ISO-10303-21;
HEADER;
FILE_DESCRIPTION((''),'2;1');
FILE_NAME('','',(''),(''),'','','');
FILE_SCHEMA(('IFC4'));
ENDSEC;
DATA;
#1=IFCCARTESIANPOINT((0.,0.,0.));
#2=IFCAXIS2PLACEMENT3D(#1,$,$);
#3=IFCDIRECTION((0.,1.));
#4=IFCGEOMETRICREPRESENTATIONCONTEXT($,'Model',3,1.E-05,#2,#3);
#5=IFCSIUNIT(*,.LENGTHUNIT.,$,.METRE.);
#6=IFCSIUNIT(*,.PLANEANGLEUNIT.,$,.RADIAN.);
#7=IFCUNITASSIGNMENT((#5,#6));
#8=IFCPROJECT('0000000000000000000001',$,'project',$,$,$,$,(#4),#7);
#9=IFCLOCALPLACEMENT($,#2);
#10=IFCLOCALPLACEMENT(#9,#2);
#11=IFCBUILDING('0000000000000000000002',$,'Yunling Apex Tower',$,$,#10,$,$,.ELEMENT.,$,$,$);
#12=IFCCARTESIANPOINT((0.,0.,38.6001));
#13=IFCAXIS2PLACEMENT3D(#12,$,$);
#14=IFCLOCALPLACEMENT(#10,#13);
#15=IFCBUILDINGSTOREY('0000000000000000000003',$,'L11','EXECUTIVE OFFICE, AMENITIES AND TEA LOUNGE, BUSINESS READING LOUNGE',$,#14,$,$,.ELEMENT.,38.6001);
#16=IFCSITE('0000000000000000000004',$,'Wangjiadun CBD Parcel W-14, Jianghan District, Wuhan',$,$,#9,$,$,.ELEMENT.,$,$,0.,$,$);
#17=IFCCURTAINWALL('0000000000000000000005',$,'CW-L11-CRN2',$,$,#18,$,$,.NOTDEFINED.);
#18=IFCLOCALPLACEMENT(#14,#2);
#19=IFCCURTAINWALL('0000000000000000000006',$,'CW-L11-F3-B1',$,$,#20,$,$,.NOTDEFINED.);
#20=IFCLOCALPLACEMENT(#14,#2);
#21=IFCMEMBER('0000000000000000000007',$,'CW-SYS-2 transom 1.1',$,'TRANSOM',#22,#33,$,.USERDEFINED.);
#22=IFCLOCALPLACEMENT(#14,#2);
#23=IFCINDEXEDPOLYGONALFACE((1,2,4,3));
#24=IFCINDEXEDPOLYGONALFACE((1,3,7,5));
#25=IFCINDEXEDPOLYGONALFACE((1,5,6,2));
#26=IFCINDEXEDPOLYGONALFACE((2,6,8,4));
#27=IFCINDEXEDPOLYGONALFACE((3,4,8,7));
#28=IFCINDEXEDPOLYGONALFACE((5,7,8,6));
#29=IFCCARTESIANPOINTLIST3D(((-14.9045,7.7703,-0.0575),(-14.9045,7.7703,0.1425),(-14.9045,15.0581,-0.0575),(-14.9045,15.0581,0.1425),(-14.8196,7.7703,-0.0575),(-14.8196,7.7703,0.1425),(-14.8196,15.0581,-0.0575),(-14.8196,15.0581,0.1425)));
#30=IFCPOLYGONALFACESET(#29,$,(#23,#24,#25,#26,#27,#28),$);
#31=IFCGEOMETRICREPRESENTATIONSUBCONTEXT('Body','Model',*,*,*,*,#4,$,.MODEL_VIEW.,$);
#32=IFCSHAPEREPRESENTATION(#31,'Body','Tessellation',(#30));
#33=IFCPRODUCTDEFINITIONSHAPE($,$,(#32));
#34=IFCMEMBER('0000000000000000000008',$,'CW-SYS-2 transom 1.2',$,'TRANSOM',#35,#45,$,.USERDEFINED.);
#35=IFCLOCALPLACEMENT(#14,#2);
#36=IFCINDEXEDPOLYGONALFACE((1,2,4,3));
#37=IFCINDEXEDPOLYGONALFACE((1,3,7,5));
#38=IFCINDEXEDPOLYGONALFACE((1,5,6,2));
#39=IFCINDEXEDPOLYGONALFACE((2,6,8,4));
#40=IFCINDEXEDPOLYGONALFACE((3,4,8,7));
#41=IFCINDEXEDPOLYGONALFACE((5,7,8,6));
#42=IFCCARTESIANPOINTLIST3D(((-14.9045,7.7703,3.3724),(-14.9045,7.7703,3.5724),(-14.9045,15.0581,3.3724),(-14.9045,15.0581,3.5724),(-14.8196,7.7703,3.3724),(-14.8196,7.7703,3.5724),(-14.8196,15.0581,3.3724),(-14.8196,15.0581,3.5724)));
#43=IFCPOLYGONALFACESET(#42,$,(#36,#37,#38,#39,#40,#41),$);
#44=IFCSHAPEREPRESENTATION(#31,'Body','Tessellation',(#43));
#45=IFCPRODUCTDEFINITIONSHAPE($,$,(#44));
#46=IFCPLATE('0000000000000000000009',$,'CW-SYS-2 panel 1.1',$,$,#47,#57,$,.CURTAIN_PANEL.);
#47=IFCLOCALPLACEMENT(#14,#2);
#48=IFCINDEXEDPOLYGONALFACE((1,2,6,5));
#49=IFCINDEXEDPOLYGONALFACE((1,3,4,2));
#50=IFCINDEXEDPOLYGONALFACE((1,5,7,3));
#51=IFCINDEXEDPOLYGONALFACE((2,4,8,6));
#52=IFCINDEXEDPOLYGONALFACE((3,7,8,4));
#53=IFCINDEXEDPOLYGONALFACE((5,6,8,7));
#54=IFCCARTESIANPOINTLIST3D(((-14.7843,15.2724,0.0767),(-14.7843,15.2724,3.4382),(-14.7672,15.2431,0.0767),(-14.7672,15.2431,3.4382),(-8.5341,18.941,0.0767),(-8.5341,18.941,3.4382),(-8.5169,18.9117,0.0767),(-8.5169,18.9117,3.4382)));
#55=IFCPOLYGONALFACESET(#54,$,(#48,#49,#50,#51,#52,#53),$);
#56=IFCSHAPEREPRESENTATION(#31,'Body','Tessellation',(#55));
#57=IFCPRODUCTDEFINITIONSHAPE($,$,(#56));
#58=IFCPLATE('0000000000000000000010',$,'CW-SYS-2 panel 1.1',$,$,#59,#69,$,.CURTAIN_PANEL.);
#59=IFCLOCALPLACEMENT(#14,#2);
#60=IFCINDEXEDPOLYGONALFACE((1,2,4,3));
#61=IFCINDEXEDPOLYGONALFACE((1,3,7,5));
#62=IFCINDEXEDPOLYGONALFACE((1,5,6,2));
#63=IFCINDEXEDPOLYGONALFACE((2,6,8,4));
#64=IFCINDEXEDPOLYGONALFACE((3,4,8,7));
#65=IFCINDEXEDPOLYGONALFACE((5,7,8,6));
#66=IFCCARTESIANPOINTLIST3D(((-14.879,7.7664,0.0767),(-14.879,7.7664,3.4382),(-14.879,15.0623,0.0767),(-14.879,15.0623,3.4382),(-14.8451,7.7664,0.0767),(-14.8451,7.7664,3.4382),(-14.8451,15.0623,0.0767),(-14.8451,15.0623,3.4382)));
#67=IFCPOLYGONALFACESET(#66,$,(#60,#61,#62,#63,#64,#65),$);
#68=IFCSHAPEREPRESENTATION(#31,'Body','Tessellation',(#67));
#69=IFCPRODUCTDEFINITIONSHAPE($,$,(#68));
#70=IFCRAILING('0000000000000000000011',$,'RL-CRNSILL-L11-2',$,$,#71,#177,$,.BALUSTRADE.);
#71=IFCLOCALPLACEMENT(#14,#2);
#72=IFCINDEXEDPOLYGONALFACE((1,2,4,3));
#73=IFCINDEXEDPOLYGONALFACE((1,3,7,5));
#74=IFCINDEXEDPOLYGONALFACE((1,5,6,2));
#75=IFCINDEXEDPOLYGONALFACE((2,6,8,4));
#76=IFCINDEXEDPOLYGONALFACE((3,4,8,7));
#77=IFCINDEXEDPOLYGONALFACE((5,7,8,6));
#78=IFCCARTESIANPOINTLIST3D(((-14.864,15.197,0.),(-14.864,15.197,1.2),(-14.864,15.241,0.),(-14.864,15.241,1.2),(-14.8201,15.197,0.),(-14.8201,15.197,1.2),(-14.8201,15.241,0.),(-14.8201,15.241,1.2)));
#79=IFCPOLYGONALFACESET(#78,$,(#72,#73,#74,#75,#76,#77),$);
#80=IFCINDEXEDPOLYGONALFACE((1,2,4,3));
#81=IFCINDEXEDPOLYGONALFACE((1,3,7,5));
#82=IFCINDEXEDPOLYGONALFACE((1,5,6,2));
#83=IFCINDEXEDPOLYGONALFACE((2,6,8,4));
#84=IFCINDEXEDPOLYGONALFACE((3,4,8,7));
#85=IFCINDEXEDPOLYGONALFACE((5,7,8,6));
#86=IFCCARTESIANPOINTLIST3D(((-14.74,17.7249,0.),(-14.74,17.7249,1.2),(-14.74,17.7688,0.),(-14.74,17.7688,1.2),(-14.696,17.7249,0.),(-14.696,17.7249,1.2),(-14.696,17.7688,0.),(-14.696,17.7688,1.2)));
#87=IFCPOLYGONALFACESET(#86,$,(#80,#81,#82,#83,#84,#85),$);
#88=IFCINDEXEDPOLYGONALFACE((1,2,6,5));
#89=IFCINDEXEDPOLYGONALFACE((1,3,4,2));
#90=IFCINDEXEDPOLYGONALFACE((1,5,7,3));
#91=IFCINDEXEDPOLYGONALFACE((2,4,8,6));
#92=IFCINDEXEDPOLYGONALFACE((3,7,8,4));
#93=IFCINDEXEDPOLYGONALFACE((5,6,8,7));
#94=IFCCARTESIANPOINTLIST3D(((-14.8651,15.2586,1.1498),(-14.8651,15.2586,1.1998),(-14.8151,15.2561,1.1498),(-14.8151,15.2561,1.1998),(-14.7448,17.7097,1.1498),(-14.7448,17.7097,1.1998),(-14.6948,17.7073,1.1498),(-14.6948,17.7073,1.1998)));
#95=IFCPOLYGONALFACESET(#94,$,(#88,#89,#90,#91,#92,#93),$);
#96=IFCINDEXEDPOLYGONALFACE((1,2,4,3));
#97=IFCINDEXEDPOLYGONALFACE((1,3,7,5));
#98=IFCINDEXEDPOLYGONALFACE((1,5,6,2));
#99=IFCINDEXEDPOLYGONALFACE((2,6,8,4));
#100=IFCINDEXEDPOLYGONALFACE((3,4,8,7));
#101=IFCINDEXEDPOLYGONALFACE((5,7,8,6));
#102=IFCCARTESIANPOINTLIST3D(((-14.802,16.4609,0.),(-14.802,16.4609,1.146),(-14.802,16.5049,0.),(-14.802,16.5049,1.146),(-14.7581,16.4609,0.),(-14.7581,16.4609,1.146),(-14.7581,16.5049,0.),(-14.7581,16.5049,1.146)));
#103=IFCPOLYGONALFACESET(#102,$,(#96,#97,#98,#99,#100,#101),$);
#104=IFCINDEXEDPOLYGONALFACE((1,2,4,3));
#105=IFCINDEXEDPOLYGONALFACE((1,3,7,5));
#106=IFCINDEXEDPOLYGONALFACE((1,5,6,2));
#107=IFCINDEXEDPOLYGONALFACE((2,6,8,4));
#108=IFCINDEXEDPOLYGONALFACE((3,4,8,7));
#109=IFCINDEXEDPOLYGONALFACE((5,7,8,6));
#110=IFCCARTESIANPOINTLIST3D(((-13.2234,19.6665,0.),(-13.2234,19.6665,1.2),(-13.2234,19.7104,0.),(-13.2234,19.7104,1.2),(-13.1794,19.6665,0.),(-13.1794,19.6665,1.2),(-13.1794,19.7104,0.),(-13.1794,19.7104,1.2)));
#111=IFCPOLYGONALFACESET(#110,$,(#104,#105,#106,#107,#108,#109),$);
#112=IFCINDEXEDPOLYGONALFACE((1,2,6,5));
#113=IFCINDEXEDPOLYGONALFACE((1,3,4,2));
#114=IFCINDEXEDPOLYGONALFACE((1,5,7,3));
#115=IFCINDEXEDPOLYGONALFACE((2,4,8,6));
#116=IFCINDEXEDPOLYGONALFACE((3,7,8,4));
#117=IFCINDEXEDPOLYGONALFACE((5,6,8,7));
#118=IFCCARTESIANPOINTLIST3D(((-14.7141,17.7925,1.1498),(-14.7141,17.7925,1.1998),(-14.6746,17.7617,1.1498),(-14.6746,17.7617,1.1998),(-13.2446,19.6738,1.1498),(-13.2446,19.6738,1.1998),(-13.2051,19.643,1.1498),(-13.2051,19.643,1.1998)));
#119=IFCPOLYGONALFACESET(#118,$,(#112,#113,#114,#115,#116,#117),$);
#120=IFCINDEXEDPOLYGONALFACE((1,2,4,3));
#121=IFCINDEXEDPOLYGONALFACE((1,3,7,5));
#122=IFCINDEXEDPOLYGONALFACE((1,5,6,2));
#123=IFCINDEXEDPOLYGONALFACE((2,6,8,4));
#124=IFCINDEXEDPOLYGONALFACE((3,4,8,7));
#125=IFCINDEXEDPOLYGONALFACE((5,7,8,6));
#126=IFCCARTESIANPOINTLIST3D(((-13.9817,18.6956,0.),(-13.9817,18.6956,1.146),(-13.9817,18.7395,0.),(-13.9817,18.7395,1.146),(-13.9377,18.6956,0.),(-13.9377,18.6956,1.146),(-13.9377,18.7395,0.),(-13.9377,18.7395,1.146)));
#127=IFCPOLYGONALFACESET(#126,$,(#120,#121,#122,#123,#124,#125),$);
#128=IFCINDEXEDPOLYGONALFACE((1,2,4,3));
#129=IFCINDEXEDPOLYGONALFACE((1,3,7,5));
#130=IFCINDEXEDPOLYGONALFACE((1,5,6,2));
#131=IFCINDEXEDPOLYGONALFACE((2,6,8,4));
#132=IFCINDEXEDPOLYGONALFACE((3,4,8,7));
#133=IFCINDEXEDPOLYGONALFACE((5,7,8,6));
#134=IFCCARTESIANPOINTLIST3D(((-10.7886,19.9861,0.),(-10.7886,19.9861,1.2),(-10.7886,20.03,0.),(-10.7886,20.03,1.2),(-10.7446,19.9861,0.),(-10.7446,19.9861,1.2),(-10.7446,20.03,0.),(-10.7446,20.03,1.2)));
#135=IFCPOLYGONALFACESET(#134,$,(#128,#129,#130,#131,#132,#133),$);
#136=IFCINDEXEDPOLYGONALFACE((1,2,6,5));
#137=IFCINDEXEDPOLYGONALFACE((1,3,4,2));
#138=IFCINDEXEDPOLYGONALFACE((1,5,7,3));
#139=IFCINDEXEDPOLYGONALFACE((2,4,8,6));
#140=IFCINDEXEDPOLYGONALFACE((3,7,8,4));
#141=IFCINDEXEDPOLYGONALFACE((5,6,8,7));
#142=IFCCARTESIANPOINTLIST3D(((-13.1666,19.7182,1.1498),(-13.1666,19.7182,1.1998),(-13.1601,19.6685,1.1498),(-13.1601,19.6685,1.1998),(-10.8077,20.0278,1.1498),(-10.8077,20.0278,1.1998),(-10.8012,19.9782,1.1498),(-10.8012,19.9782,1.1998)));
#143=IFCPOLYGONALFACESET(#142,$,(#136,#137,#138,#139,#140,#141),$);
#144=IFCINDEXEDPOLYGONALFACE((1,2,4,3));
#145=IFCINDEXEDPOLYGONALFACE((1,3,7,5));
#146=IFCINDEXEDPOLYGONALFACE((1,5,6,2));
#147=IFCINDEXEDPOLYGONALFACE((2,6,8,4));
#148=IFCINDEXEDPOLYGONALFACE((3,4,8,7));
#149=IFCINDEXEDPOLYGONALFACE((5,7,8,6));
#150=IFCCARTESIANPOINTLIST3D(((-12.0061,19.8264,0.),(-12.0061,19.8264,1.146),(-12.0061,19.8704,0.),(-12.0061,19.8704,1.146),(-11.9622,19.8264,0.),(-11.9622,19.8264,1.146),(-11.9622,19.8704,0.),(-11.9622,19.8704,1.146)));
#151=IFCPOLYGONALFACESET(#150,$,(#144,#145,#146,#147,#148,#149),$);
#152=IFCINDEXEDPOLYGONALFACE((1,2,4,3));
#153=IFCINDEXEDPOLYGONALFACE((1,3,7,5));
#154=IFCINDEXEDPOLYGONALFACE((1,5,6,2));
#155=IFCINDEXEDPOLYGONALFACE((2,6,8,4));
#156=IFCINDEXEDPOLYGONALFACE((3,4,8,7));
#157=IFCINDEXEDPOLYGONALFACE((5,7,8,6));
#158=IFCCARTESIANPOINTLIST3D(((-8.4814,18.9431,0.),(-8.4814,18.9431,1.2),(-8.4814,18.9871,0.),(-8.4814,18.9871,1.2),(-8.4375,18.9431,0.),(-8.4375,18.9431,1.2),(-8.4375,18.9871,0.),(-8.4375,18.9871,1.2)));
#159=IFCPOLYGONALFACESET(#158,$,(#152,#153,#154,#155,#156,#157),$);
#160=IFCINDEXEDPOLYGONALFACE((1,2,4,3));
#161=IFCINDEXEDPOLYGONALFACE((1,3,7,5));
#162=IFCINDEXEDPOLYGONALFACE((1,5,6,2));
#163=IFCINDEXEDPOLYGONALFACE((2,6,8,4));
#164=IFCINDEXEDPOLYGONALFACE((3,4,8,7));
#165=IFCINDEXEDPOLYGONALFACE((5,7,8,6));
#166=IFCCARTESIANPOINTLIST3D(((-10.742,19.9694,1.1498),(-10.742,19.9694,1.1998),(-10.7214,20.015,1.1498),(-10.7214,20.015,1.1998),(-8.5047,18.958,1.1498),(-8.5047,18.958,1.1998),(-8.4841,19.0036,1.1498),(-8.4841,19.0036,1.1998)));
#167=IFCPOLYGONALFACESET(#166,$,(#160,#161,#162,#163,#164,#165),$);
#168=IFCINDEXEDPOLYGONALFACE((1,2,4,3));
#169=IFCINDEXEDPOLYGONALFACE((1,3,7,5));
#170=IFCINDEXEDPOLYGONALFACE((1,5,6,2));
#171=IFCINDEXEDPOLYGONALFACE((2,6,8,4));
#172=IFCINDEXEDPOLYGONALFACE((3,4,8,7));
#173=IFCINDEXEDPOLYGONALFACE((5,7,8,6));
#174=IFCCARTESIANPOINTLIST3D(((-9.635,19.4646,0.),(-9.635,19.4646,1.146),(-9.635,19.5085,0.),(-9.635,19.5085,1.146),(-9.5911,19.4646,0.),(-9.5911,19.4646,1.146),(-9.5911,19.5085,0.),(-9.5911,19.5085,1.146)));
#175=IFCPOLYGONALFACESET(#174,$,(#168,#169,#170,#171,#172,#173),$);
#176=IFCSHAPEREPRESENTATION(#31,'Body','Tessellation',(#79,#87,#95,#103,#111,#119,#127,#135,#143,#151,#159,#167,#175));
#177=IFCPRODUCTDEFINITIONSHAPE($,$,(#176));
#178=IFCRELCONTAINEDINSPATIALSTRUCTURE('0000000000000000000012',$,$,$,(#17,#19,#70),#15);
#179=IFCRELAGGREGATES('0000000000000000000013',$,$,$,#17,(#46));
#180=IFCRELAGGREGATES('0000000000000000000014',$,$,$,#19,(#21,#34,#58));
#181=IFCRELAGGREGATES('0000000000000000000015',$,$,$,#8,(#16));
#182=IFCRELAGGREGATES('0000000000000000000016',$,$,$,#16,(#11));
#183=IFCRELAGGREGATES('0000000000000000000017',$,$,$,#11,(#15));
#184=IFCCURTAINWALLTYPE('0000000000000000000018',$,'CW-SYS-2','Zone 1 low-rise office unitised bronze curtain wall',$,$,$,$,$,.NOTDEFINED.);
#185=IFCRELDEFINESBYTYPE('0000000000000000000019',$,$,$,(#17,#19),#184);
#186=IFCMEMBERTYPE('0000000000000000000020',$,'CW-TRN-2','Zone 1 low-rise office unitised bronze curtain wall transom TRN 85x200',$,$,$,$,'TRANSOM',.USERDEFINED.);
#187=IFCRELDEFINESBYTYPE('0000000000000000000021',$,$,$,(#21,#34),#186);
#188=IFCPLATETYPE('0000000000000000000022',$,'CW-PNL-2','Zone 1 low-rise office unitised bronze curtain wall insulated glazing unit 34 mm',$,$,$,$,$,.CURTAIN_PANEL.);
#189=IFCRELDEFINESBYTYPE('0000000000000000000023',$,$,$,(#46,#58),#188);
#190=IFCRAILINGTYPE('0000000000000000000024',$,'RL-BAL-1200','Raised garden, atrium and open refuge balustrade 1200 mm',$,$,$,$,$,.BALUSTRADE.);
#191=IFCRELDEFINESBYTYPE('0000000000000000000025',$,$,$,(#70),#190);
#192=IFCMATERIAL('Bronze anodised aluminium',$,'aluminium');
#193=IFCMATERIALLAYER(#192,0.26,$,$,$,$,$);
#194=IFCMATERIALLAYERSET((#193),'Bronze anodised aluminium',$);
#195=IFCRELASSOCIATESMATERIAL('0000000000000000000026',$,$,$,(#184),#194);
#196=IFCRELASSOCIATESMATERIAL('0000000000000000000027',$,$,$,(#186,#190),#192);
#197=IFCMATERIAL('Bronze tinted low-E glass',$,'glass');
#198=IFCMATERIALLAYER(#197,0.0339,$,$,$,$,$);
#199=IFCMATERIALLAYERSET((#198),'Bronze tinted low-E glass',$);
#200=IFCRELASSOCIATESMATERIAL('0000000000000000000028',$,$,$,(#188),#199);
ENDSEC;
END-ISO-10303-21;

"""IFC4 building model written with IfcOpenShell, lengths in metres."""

from ifc_helpers import new_model, si_unit, direction, frame, origin, origin_2d, place, context, subcontext, project, spatial, rectangle, extrude, source, transform, mapped, material, layer, layer_set, material_profile, profile_set, type_object, element, aggregate, save


model = new_model("IFC4")

# Units and contexts
model_context = context("Model", 3, precision=1e-05, world=origin(), true_north=direction((0.0, 1.0)))
body_context = subcontext(model_context, "Body", "Model", "MODEL_VIEW")
ifc_project = project(units=[si_unit("LENGTHUNIT", "METRE"), si_unit("PLANEANGLEUNIT", "RADIAN")], contexts=[model_context])

# Site, building, storey
site_placement = place(None, origin())
site = spatial("IfcSite", under=ifc_project, at=site_placement, Name="Wangjiadun CBD Parcel W-14, Jianghan District, Wuhan", CompositionType="ELEMENT", RefElevation=0.0)
building_placement = place(site_placement, origin())
building = spatial("IfcBuilding", under=site, at=building_placement, Name="Yunling Apex Tower", CompositionType="ELEMENT")
storey_placement = place(building_placement, frame((0.0, 0.0, 38.6001)))
storey = spatial("IfcBuildingStorey", under=building, at=storey_placement, Name="L11", Description="EXECUTIVE OFFICE, AMENITIES AND TEA LOUNGE, BUSINESS READING LOUNGE", CompositionType="ELEMENT", Elevation=38.6001)

# Curtain wall
ifc_material_1 = material(Name="Bronze anodised aluminium", Category="aluminium")
ifc_layer_1 = layer(ifc_material_1, 0.26)
ifc_layer_set_1 = layer_set([ifc_layer_1], Name="Bronze anodised aluminium")
curtain_wall_type = type_object("IfcCurtainWallType", Name="CW-SYS-2", Description="Zone 1 low-rise office unitised bronze curtain wall", PredefinedType="NOTDEFINED", material=ifc_layer_set_1)
curtain_wall_1_placement = place(storey_placement, origin())
curtain_wall_1 = element("IfcCurtainWall", 1, at=curtain_wall_1_placement, inside=storey, type_object=curtain_wall_type, Name="CW-L11-CRN2", PredefinedType="NOTDEFINED")

# Curtain wall, members
curtain_wall_2_placement = place(storey_placement, origin())
curtain_wall_2 = element("IfcCurtainWall", 2, at=curtain_wall_2_placement, inside=storey, type_object=curtain_wall_type, Name="CW-L11-F3-B1", PredefinedType="NOTDEFINED")
ifc_material_profile_1 = material_profile(ifc_material_1, rectangle(XDim=0.085, YDim=0.2, at=origin_2d()))
ifc_profile_set_1 = profile_set([ifc_material_profile_1], Name="Bronze anodised aluminium")
member_type_1 = type_object("IfcMemberType", Name="CW-TRN-2", Description="Zone 1 low-rise office unitised bronze curtain wall transom TRN 85x200", ElementType="TRANSOM", PredefinedType="USERDEFINED", material=ifc_profile_set_1)
shared_shape_1 = source(origin(), body_context, "Body", "SweptSolid", [
    extrude(rectangle(XDim=0.085, YDim=0.2, at=origin_2d()), origin(), (0.0, 0.0, 1.0), 7.2878),
])
member_1_placement = place(storey_placement, frame((-14.8621, 15.0581, 0.0425), z_axis=(0.0, -1.0, 0.0), x_axis=(1.0, 0.0, 0.0)))
member_1 = element("IfcMember", 3, at=member_1_placement, type_object=member_type_1, Name="CW-SYS-2 transom 1.1", ObjectType="TRANSOM", PredefinedType="USERDEFINED", context=body_context, shape_type="MappedRepresentation", body=[
    mapped(shared_shape_1, transform((0.0, 0.0, 0.0), scale=1.0)),
])
member_2_placement = place(storey_placement, frame((-14.8621, 15.0581, 3.4724), z_axis=(0.0, -1.0, 0.0), x_axis=(1.0, 0.0, 0.0)))
member_2 = element("IfcMember", 4, at=member_2_placement, type_object=member_type_1, Name="CW-SYS-2 transom 1.2", ObjectType="TRANSOM", PredefinedType="USERDEFINED", context=body_context, shape_type="MappedRepresentation", body=[
    mapped(shared_shape_1, transform((0.0, 0.0, 0.0), scale=1.0)),
])

# Plates
ifc_material_2 = material(Name="Bronze tinted low-E glass", Category="glass")
ifc_layer_2 = layer(ifc_material_2, 0.0339)
ifc_layer_set_2 = layer_set([ifc_layer_2], Name="Bronze tinted low-E glass")
plate_type = type_object("IfcPlateType", Name="CW-PNL-2", Description="Zone 1 low-rise office unitised bronze curtain wall insulated glazing unit 34 mm", PredefinedType="CURTAIN_PANEL", material=ifc_layer_set_2)
shared_shape_2 = source(origin(), body_context, "Body", "SweptSolid", [
    extrude(rectangle(XDim=7.2473, YDim=0.0339, at=origin_2d()), origin(), (0.0, 0.0, 1.0), 3.3616),
])
plate_1_placement = place(storey_placement, frame((-11.6506, 17.092, 0.0767), z_axis=(0.0, 0.0, 1.0), x_axis=(-0.862419, -0.506196, 0.0)))
plate_1 = element("IfcPlate", 5, at=plate_1_placement, type_object=plate_type, Name="CW-SYS-2 panel 1.1", PredefinedType="CURTAIN_PANEL", context=body_context, shape_type="MappedRepresentation", body=[
    mapped(shared_shape_2, transform((0.0, 0.0, 0.0), scale=1.0)),
])
aggregate(curtain_wall_1, [plate_1])
shared_shape_3 = source(origin(), body_context, "Body", "SweptSolid", [
    extrude(rectangle(XDim=7.2959, YDim=0.0339, at=origin_2d()), origin(), (0.0, 0.0, 1.0), 3.3616),
])
plate_2_placement = place(storey_placement, frame((-14.8621, 11.4143, 0.0767), z_axis=(0.0, 0.0, 1.0), x_axis=(0.0, -1.0, 0.0)))
plate_2 = element("IfcPlate", 6, at=plate_2_placement, type_object=plate_type, Name="CW-SYS-2 panel 1.1", PredefinedType="CURTAIN_PANEL", context=body_context, shape_type="MappedRepresentation", body=[
    mapped(shared_shape_3, transform((0.0, 0.0, 0.0), scale=1.0)),
])
aggregate(curtain_wall_2, [member_1, member_2, plate_2])

# Railing
railing_type = type_object("IfcRailingType", Name="RL-BAL-1200", Description="Raised garden, atrium and open refuge balustrade 1200 mm", PredefinedType="BALUSTRADE", material=ifc_material_1)
railing_placement = place(storey_placement, frame((-14.842, 15.219, 0.0)))
element("IfcRailing", 7, at=railing_placement, inside=storey, type_object=railing_type, Name="RL-CRNSILL-L11-2", PredefinedType="BALUSTRADE", context=body_context, shape_type="SweptSolid", body=[
    extrude(rectangle(XDim=0.0439, YDim=0.0439, at=origin_2d()), origin(), (0.0, 0.0, 1.0), 1.2),
    extrude(rectangle(XDim=0.0439, YDim=0.0439, at=origin_2d()), frame((0.124, 2.5278, 0.0)), (0.0, 0.0, 1.0), 1.2),
    extrude(rectangle(XDim=0.05, YDim=0.05, at=origin_2d()), frame((0.002, 0.0383, 1.1748), z_axis=(0.049004, 0.998799, 0.0), x_axis=(-0.998799, 0.049004, 0.0)), (0.0, 0.0, 1.0), 2.4541),
    extrude(rectangle(XDim=0.0439, YDim=0.0439, at=origin_2d()), frame((0.062, 1.2639, 0.0)), (0.0, 0.0, 1.0), 1.146),
    extrude(rectangle(XDim=0.0439, YDim=0.0439, at=origin_2d()), frame((1.6406, 4.4695, 0.0)), (0.0, 0.0, 1.0), 1.2),
    extrude(rectangle(XDim=0.05, YDim=0.05, at=origin_2d()), frame((0.1477, 2.5581, 1.1748), z_axis=(0.615565, 0.788086, 0.0), x_axis=(-0.788086, 0.615565, 0.0)), (0.0, 0.0, 1.0), 2.3872),
    extrude(rectangle(XDim=0.0439, YDim=0.0439, at=origin_2d()), frame((0.8823, 3.4985, 0.0)), (0.0, 0.0, 1.0), 1.146),
    extrude(rectangle(XDim=0.0439, YDim=0.0439, at=origin_2d()), frame((4.0754, 4.7891, 0.0)), (0.0, 0.0, 1.0), 1.2),
    extrude(rectangle(XDim=0.05, YDim=0.05, at=origin_2d()), frame((1.6787, 4.4744, 1.1748), z_axis=(0.991496, 0.130138, 0.0), x_axis=(-0.130138, 0.991496, 0.0)), (0.0, 0.0, 1.0), 2.3792),
    extrude(rectangle(XDim=0.0439, YDim=0.0439, at=origin_2d()), frame((2.8579, 4.6294, 0.0)), (0.0, 0.0, 1.0), 1.146),
    extrude(rectangle(XDim=0.0439, YDim=0.0439, at=origin_2d()), frame((6.3826, 3.7461, 0.0)), (0.0, 0.0, 1.0), 1.2),
    extrude(rectangle(XDim=0.05, YDim=0.05, at=origin_2d()), frame((4.1104, 4.7732, 1.1748), z_axis=(0.911217, -0.411928, 0.0), x_axis=(0.411928, 0.911217, 0.0)), (0.0, 0.0, 1.0), 2.4553),
    extrude(rectangle(XDim=0.0439, YDim=0.0439, at=origin_2d()), frame((5.229, 4.2676, 0.0)), (0.0, 0.0, 1.0), 1.146),
])

save(model, "model.ifc")
